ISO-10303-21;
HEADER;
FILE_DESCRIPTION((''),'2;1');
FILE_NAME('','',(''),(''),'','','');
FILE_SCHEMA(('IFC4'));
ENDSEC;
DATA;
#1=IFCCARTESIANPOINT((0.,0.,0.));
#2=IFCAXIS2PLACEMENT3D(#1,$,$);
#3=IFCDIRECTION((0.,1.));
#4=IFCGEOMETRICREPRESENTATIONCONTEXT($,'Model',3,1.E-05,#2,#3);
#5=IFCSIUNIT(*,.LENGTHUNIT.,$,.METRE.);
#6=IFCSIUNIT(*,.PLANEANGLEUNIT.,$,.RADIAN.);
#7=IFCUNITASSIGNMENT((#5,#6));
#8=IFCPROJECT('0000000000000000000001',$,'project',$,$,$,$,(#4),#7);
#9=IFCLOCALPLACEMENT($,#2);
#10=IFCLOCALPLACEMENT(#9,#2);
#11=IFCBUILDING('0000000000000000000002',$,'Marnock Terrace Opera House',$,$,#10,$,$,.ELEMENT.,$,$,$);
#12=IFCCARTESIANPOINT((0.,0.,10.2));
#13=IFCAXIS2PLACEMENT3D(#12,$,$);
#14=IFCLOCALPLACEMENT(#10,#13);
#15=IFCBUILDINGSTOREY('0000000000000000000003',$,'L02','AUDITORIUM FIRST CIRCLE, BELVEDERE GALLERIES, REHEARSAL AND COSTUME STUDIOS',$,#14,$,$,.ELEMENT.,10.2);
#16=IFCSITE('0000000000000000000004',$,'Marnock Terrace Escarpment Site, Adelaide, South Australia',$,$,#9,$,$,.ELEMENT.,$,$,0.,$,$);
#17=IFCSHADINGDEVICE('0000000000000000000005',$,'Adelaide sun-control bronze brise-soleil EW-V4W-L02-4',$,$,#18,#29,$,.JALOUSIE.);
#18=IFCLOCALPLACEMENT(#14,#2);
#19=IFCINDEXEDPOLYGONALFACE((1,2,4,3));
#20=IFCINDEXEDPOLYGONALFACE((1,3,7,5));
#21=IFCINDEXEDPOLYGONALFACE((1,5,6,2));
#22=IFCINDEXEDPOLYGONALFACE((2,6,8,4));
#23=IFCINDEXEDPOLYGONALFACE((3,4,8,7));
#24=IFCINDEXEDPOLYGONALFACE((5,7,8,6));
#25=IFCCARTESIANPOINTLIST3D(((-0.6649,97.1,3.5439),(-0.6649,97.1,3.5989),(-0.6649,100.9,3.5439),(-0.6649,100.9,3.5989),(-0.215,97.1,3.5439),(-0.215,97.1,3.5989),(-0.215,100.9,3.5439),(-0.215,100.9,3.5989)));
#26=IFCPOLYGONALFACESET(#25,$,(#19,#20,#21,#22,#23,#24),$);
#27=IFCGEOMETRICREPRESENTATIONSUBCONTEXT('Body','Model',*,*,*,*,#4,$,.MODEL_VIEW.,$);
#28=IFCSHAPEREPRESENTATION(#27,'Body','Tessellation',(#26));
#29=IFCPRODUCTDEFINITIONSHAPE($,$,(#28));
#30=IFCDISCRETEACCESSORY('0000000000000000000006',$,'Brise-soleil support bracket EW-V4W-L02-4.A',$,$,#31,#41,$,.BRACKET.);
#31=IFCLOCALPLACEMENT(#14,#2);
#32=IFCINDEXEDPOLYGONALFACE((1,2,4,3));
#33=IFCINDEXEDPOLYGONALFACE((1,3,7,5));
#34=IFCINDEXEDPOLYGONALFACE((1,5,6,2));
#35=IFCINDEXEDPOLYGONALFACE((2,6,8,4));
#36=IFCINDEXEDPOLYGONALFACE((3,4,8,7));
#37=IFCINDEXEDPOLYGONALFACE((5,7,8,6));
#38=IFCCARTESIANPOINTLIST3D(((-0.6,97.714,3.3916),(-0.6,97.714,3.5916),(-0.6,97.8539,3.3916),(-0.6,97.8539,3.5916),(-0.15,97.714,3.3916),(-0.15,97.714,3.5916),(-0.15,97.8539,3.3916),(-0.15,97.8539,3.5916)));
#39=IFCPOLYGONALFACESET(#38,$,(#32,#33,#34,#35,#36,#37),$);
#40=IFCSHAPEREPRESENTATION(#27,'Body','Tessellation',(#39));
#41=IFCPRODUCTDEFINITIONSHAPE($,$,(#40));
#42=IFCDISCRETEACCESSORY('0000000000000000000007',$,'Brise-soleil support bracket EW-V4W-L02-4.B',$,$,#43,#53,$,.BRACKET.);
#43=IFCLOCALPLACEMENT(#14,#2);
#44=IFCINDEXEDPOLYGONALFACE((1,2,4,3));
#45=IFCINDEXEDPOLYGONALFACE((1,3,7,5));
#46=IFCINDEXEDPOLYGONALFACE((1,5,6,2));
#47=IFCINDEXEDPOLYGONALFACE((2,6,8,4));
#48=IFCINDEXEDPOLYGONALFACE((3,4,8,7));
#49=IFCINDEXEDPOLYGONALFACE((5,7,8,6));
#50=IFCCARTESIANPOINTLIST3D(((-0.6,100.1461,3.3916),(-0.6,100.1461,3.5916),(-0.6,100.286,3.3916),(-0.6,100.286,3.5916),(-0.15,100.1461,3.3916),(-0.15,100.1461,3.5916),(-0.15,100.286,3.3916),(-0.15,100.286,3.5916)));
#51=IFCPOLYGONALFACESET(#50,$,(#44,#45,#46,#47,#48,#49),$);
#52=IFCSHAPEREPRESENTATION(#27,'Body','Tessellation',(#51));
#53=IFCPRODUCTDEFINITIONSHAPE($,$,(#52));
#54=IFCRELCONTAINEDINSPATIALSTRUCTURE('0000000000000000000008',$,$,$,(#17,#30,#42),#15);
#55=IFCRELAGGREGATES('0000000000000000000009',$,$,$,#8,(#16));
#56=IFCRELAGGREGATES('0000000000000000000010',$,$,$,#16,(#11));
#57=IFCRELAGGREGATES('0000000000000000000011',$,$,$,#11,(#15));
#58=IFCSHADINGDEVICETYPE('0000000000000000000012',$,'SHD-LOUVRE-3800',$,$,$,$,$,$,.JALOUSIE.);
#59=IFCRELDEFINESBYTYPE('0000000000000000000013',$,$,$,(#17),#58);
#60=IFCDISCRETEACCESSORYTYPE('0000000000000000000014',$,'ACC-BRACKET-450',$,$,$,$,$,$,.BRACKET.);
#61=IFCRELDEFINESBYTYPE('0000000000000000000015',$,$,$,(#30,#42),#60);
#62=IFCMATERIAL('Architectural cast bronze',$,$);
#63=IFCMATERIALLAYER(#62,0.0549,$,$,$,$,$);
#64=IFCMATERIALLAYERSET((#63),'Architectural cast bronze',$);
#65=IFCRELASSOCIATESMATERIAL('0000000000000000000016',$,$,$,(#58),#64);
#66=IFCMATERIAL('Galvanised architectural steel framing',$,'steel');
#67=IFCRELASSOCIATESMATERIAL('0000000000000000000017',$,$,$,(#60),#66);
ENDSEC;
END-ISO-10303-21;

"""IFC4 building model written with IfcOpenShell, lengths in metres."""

from ifc_helpers import new_model, si_unit, direction, frame, origin, origin_2d, place, context, subcontext, project, spatial, rectangle, extrude, material, layer, layer_set, type_object, element, save


model = new_model("IFC4")

# Units and contexts
model_context = context("Model", 3, precision=1e-05, world=origin(), true_north=direction((0.0, 1.0)))
body_context = subcontext(model_context, "Body", "Model", "MODEL_VIEW")
ifc_project = project(units=[si_unit("LENGTHUNIT", "METRE"), si_unit("PLANEANGLEUNIT", "RADIAN")], contexts=[model_context])

# Site, building, storey
site_placement = place(None, origin())
site = spatial("IfcSite", under=ifc_project, at=site_placement, Name="Marnock Terrace Escarpment Site, Adelaide, South Australia", CompositionType="ELEMENT", RefElevation=0.0)
building_placement = place(site_placement, origin())
building = spatial("IfcBuilding", under=site, at=building_placement, Name="Marnock Terrace Opera House", CompositionType="ELEMENT")
storey_placement = place(building_placement, frame((0.0, 0.0, 10.2)))
storey = spatial("IfcBuildingStorey", under=building, at=storey_placement, Name="L02", Description="AUDITORIUM FIRST CIRCLE, BELVEDERE GALLERIES, REHEARSAL AND COSTUME STUDIOS", CompositionType="ELEMENT", Elevation=10.2)

# Shading device
ifc_material_1 = material(Name="Architectural cast bronze")
ifc_layer_1 = layer(ifc_material_1, 0.0549)
ifc_layer_set_1 = layer_set([ifc_layer_1], Name="Architectural cast bronze")
shading_device_type = type_object("IfcShadingDeviceType", Name="SHD-LOUVRE-3800", PredefinedType="JALOUSIE", material=ifc_layer_set_1)
shading_device_placement = place(storey_placement, frame((-0.4399, 99.0, 3.5439), z_axis=(0.0, 0.0, 1.0), x_axis=(0.0, 1.0, 0.0)))
element("IfcShadingDevice", 1, at=shading_device_placement, inside=storey, type_object=shading_device_type, Name="Adelaide sun-control bronze brise-soleil EW-V4W-L02-4", PredefinedType="JALOUSIE", context=body_context, shape_type="SweptSolid", body=[
    extrude(rectangle(XDim=3.8, YDim=0.45, at=origin_2d()), origin(), (0.0, 0.0, 1.0), 0.0549),
])

# Discrete accessories
ifc_material_2 = material(Name="Galvanised architectural steel framing", Category="steel")
discrete_accessory_type = type_object("IfcDiscreteAccessoryType", Name="ACC-BRACKET-450", PredefinedType="BRACKET", material=ifc_material_2)
for number, where, z_axis, x_axis, name in (
    (2, (-0.375, 97.7839, 3.3916), (0.0, 0.0, 1.0), (0.0, 1.0, 0.0), "Brise-soleil support bracket EW-V4W-L02-4.A"),
    (3, (-0.375, 100.2161, 3.3916), (0.0, 0.0, 1.0), (0.0, 1.0, 0.0), "Brise-soleil support bracket EW-V4W-L02-4.B"),
):
    element("IfcDiscreteAccessory", number, at=place(storey_placement, frame(where, z_axis=z_axis, x_axis=x_axis)), inside=storey, type_object=discrete_accessory_type, Name=name, PredefinedType="BRACKET", context=body_context, shape_type="SweptSolid", body=[
        extrude(rectangle(XDim=0.1399, YDim=0.45, at=origin_2d()), origin(), (0.0, 0.0, 1.0), 0.2),
    ])

save(model, "model.ifc")
